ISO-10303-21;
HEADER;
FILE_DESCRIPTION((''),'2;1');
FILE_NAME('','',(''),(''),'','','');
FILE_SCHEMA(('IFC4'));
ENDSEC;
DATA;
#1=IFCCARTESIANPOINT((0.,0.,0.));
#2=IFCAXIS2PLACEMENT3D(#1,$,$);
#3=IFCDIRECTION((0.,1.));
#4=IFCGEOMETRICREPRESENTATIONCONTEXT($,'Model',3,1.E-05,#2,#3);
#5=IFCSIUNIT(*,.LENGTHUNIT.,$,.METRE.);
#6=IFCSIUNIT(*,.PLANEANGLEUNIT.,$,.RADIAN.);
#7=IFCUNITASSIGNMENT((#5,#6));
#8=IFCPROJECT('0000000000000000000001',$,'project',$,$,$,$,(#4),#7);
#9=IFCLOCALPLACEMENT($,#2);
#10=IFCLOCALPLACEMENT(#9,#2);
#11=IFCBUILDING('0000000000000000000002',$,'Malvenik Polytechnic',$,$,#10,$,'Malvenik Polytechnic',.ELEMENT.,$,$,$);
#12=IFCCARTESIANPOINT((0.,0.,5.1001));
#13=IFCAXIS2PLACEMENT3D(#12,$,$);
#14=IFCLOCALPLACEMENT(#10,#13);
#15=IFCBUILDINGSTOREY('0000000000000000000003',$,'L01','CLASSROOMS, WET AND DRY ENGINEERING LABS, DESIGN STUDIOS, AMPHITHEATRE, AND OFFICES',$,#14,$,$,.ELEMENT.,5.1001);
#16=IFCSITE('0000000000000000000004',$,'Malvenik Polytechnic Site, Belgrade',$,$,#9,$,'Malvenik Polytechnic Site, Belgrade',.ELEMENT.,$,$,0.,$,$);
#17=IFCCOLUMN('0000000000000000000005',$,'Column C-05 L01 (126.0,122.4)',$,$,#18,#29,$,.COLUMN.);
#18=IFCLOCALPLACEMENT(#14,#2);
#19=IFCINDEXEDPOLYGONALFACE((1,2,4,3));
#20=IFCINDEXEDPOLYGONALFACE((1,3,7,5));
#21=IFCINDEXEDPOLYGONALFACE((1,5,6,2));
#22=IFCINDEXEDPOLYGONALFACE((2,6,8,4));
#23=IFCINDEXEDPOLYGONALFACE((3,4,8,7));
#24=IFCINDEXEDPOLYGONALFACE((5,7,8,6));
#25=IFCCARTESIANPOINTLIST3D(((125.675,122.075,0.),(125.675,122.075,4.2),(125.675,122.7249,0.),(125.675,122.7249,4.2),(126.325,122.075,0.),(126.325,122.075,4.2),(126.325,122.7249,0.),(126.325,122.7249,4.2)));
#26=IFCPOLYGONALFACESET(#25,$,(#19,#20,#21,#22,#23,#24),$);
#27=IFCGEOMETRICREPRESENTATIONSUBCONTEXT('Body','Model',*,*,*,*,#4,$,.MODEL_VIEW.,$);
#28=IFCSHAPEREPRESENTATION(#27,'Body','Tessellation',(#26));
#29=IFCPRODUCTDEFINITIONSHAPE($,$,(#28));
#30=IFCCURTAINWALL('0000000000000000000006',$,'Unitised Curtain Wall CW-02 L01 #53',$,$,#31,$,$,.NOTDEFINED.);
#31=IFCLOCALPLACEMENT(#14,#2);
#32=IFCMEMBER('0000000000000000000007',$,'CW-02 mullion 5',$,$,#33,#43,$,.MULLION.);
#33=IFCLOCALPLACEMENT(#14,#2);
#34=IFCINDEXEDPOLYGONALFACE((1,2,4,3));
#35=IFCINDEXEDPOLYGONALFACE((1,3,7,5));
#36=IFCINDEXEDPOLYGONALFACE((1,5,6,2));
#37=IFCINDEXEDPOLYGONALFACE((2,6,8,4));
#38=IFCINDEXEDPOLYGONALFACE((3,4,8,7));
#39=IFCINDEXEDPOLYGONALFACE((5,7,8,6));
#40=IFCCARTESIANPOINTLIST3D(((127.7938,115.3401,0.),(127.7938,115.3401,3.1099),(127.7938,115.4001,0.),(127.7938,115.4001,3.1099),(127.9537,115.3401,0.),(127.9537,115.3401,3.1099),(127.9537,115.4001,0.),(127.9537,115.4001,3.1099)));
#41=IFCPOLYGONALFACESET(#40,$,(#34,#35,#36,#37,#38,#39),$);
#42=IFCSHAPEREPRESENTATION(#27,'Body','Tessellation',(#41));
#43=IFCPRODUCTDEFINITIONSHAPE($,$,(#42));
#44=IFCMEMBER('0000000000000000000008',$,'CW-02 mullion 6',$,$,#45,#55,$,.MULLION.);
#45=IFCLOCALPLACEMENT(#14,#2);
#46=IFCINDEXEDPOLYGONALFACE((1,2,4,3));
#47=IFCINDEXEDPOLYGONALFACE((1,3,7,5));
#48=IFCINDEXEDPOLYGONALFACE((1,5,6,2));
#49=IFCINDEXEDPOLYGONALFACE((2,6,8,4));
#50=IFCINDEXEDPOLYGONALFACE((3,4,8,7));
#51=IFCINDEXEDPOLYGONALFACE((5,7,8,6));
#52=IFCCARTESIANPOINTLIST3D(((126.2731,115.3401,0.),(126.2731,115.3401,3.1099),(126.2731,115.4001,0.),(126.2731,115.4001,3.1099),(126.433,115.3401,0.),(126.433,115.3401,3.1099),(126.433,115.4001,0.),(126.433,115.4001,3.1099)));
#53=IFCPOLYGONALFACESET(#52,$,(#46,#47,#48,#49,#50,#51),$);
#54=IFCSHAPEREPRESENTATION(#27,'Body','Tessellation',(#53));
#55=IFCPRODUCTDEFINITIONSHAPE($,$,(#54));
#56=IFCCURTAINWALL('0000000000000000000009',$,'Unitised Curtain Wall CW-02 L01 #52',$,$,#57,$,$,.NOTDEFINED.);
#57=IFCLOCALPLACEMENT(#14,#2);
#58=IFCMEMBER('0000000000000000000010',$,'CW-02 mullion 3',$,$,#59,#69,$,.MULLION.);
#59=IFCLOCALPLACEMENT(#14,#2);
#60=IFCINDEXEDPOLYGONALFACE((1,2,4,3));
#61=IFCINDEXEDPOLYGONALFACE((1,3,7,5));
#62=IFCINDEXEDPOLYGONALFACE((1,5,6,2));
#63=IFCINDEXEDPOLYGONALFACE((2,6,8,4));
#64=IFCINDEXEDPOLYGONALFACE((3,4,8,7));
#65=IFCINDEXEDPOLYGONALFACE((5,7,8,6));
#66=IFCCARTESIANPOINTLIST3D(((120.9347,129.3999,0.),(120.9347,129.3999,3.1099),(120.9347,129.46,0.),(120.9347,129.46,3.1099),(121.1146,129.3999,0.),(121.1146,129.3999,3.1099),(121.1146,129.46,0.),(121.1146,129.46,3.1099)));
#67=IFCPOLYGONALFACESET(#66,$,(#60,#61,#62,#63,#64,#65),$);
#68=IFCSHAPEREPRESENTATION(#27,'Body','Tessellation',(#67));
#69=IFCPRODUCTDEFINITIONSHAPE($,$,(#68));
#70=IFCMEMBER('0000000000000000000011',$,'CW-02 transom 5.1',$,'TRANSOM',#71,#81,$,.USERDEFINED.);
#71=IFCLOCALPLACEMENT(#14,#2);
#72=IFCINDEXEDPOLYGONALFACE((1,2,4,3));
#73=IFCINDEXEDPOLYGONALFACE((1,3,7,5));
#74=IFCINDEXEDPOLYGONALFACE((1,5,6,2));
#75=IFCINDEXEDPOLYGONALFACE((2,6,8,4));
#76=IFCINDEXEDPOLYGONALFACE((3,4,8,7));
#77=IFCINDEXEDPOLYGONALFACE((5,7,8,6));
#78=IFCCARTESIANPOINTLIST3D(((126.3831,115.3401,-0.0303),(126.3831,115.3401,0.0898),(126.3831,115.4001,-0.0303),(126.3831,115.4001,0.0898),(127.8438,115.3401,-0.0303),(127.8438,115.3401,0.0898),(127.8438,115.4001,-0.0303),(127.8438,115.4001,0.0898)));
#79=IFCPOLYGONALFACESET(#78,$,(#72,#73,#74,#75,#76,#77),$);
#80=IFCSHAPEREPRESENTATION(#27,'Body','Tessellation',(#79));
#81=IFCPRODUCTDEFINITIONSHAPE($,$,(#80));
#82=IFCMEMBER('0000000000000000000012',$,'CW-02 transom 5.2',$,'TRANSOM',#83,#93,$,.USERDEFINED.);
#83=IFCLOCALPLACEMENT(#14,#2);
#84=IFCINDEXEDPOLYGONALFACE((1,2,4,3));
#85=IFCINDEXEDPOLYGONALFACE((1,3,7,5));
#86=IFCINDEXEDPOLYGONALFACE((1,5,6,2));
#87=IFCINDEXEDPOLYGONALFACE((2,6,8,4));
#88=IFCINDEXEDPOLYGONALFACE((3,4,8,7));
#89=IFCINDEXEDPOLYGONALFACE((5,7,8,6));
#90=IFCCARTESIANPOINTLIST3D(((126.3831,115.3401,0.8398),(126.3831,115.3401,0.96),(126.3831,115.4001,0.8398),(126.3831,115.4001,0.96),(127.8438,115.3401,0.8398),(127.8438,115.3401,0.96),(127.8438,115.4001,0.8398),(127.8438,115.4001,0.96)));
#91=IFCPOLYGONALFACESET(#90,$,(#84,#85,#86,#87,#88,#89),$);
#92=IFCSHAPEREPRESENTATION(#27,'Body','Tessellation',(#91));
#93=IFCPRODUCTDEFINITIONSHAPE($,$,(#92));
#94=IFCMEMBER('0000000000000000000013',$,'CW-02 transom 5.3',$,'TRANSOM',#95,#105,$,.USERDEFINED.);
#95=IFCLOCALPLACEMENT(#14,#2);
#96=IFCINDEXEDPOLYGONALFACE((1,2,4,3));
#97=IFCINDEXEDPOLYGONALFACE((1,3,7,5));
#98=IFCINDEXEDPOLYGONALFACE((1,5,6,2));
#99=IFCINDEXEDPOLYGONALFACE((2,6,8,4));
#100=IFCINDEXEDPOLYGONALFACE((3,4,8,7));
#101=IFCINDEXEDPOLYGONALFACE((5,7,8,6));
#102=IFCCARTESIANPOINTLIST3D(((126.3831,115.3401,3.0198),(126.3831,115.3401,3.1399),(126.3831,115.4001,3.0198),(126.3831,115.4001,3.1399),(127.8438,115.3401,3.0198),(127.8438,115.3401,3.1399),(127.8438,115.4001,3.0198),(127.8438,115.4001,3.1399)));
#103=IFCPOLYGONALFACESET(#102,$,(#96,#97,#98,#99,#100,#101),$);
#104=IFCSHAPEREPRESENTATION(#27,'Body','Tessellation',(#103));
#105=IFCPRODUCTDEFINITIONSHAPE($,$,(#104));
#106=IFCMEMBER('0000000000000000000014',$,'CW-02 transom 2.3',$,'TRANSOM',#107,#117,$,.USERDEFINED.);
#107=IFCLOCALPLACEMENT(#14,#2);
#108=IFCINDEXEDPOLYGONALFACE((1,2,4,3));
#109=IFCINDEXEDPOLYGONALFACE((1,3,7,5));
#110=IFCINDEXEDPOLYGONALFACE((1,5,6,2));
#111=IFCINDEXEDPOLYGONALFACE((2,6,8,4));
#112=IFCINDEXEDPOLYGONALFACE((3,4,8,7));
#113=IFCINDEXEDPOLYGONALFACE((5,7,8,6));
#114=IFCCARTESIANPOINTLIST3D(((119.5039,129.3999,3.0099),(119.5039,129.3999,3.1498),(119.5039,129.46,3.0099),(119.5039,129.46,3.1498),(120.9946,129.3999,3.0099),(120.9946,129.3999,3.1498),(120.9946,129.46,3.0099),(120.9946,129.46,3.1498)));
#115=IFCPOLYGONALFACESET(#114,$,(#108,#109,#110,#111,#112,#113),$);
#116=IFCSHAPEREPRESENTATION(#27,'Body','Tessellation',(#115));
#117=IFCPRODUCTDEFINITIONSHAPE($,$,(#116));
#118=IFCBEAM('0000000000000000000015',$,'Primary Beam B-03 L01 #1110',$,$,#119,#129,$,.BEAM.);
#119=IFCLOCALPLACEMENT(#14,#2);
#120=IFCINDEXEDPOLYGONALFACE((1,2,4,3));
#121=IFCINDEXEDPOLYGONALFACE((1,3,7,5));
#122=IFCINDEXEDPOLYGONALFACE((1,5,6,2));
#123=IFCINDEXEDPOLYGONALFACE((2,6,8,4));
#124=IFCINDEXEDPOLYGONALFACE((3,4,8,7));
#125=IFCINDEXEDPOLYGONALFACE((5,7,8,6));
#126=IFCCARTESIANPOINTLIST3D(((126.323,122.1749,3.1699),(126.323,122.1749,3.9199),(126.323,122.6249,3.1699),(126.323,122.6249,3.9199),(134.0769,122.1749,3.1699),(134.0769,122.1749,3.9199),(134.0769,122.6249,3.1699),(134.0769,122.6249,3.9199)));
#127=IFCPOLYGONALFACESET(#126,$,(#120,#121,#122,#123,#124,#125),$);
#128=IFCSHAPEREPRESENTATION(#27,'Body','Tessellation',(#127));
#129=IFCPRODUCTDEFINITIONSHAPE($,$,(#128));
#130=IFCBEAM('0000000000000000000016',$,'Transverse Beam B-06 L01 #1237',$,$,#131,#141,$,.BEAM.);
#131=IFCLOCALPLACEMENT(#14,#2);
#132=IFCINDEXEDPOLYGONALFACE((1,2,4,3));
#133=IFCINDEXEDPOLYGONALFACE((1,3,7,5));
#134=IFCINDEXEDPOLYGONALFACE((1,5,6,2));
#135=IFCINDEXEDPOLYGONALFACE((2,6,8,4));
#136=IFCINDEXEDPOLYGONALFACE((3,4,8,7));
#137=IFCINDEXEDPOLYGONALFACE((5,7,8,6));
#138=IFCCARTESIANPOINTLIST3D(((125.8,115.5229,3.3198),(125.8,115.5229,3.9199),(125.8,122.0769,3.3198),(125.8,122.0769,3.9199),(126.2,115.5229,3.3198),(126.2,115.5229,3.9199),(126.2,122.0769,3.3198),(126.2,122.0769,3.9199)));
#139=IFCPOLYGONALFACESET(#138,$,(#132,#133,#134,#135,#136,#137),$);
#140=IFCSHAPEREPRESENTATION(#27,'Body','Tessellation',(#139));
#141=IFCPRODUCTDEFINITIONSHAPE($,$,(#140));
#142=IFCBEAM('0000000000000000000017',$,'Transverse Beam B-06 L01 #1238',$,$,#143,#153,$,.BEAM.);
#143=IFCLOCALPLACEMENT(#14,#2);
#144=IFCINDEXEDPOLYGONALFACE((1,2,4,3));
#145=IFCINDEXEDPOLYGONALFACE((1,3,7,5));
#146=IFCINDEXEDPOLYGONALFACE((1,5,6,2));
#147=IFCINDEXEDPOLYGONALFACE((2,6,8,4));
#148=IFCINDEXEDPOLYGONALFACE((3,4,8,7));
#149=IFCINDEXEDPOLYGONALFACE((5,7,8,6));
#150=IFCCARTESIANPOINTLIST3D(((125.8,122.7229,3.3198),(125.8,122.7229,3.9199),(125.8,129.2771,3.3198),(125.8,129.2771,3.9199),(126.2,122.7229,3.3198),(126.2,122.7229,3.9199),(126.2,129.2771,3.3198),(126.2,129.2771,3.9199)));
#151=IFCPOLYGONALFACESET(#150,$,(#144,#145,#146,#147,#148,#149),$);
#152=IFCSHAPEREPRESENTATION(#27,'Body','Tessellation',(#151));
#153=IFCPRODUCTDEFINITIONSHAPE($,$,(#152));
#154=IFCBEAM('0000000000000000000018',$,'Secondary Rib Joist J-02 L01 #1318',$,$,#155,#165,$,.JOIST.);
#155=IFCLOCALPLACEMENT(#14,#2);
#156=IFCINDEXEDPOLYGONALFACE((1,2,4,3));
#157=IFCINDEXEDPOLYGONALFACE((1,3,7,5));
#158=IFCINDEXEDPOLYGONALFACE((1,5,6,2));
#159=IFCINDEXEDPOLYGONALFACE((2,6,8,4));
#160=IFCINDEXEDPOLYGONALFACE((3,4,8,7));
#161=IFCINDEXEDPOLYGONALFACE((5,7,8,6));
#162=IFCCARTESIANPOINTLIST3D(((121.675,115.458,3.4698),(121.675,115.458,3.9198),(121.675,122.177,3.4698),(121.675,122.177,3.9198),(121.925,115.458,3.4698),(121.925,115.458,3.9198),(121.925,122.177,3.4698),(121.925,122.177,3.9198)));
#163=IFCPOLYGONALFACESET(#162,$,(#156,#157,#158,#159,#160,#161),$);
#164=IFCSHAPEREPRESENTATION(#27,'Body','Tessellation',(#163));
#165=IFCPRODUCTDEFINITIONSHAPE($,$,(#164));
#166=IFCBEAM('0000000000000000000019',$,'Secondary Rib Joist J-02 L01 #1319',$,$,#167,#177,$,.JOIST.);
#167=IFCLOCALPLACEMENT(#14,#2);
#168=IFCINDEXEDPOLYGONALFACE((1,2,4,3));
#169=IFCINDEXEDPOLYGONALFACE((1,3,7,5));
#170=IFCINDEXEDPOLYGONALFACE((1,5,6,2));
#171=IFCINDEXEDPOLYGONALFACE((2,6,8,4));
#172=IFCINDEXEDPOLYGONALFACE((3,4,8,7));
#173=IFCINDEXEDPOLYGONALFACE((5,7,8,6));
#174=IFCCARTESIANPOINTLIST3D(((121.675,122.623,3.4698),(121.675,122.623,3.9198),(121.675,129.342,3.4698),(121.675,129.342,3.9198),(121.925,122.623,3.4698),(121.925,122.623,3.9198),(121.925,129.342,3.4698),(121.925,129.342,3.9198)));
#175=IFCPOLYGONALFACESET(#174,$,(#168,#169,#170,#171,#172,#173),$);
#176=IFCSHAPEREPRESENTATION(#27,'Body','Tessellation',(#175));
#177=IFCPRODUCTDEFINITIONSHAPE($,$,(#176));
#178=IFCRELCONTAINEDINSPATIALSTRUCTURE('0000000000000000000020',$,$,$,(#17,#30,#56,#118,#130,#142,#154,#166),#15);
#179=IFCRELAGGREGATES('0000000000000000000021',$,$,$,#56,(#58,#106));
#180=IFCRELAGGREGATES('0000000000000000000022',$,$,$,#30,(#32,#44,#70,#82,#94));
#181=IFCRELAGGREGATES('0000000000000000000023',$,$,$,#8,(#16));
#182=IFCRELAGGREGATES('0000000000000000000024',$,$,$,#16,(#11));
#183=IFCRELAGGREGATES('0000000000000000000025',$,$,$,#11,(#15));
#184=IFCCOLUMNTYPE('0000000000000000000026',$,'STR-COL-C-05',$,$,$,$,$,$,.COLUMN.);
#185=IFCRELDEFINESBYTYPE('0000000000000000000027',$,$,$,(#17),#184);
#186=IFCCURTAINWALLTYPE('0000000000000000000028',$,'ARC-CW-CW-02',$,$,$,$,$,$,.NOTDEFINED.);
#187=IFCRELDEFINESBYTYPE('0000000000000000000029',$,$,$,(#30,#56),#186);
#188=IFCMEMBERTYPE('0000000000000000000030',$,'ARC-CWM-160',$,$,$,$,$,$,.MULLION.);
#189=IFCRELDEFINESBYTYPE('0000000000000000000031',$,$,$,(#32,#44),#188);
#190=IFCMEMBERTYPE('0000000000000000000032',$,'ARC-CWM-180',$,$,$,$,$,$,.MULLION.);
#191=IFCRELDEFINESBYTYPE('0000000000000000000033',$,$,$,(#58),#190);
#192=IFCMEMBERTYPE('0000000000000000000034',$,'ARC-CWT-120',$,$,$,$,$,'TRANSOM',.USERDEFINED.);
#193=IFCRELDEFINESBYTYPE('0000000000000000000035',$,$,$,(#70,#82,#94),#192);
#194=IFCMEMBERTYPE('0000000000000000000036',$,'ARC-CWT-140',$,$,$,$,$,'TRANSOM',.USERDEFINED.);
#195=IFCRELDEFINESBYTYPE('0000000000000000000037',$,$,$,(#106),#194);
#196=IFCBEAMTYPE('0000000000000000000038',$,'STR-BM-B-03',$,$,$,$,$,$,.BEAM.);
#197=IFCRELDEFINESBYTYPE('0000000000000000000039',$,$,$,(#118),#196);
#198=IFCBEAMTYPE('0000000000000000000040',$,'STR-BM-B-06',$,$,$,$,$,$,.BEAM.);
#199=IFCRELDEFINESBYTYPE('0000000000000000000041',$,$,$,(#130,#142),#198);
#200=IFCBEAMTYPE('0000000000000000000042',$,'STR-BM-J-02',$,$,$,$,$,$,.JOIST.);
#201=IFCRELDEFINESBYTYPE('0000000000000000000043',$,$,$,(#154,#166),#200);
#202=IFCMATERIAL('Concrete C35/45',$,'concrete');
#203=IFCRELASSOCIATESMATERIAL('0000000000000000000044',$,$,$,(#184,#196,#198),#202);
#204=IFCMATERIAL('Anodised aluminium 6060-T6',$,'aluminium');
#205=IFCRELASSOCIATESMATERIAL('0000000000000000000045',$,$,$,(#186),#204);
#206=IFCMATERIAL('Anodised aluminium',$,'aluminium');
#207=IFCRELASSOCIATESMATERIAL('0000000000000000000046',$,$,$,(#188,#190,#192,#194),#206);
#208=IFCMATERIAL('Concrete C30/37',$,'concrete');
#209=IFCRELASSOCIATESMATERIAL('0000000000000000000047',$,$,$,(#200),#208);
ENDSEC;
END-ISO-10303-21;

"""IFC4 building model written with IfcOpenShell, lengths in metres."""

from ifc_helpers import new_model, si_unit, direction, frame, origin, origin_2d, place, context, subcontext, project, spatial, rectangle, extrude, material, material_profile, profile_set, type_object, element, aggregate, save


model = new_model("IFC4")

# Units and contexts
model_context = context("Model", 3, precision=1e-05, world=origin(), true_north=direction((0.0, 1.0)))
body_context = subcontext(model_context, "Body", "Model", "MODEL_VIEW")
ifc_project = project(units=[si_unit("LENGTHUNIT", "METRE"), si_unit("PLANEANGLEUNIT", "RADIAN")], contexts=[model_context])

# Site, building, storey
site_placement = place(None, origin())
site = spatial("IfcSite", under=ifc_project, at=site_placement, Name="Malvenik Polytechnic Site, Belgrade", LongName="Malvenik Polytechnic Site, Belgrade", CompositionType="ELEMENT", RefElevation=0.0)
building_placement = place(site_placement, origin())
building = spatial("IfcBuilding", under=site, at=building_placement, Name="Malvenik Polytechnic", LongName="Malvenik Polytechnic", CompositionType="ELEMENT")
storey_placement = place(building_placement, frame((0.0, 0.0, 5.1001)))
storey = spatial("IfcBuildingStorey", under=building, at=storey_placement, Name="L01", Description="CLASSROOMS, WET AND DRY ENGINEERING LABS, DESIGN STUDIOS, AMPHITHEATRE, AND OFFICES", CompositionType="ELEMENT", Elevation=5.1001)

# Column
ifc_material_1 = material(Name="Concrete C35/45", Category="concrete")
ifc_material_profile_1 = material_profile(ifc_material_1, rectangle(XDim=0.6499, YDim=0.6499, at=origin_2d()), Name="RC COL 650x650")
ifc_profile_set_1 = profile_set([ifc_material_profile_1], Name="Concrete C35/45")
column_type = type_object("IfcColumnType", Name="STR-COL-C-05", PredefinedType="COLUMN", material=ifc_profile_set_1)
column_placement = place(storey_placement, frame((126.0, 122.3999, 0.0), z_axis=(0.0, 0.0, 1.0), x_axis=(1.0, 0.0, 0.0)))
element("IfcColumn", 1, at=column_placement, inside=storey, type_object=column_type, Name="Column C-05 L01 (126.0,122.4)", PredefinedType="COLUMN", context=body_context, shape_type="SweptSolid", body=[
    extrude(rectangle(XDim=0.6499, YDim=0.6499, at=origin_2d()), origin(), (0.0, 0.0, 1.0), 4.2),
])

# Curtain wall, members
ifc_material_2 = material(Name="Anodised aluminium 6060-T6", Category="aluminium")
curtain_wall_type = type_object("IfcCurtainWallType", Name="ARC-CW-CW-02", PredefinedType="NOTDEFINED", material=ifc_material_2)
curtain_wall_1_placement = place(storey_placement, origin())
curtain_wall_1 = element("IfcCurtainWall", 2, at=curtain_wall_1_placement, inside=storey, type_object=curtain_wall_type, Name="Unitised Curtain Wall CW-02 L01 #53", PredefinedType="NOTDEFINED")
ifc_material_3 = material(Name="Anodised aluminium", Category="aluminium")
ifc_material_profile_2 = material_profile(ifc_material_3, rectangle(XDim=0.0601, YDim=0.1599, at=origin_2d()), Name="ALU MULLION 60x160")
ifc_profile_set_2 = profile_set([ifc_material_profile_2], Name="Anodised aluminium")
member_type_1 = type_object("IfcMemberType", Name="ARC-CWM-160", PredefinedType="MULLION", material=ifc_profile_set_2)
member_1_placement = place(storey_placement, frame((127.8738, 115.3701, 0.0), z_axis=(0.0, 0.0, 1.0), x_axis=(0.0, -1.0, 0.0)))
member_1 = element("IfcMember", 3, at=member_1_placement, type_object=member_type_1, Name="CW-02 mullion 5", PredefinedType="MULLION", context=body_context, shape_type="SweptSolid", body=[
    extrude(rectangle(XDim=0.0601, YDim=0.1599, at=origin_2d()), origin(), (0.0, 0.0, 1.0), 3.1099),
])
member_2_placement = place(storey_placement, frame((126.353, 115.3701, 0.0), z_axis=(0.0, 0.0, 1.0), x_axis=(0.0, -1.0, 0.0)))
member_2 = element("IfcMember", 4, at=member_2_placement, type_object=member_type_1, Name="CW-02 mullion 6", PredefinedType="MULLION", context=body_context, shape_type="SweptSolid", body=[
    extrude(rectangle(XDim=0.0601, YDim=0.1599, at=origin_2d()), origin(), (0.0, 0.0, 1.0), 3.1099),
])

# Curtain wall, member
curtain_wall_2_placement = place(storey_placement, origin())
curtain_wall_2 = element("IfcCurtainWall", 5, at=curtain_wall_2_placement, inside=storey, type_object=curtain_wall_type, Name="Unitised Curtain Wall CW-02 L01 #52", PredefinedType="NOTDEFINED")
ifc_material_profile_3 = material_profile(ifc_material_3, rectangle(XDim=0.0601, YDim=0.1799, at=origin_2d()), Name="ALU MULLION 60x180")
ifc_profile_set_3 = profile_set([ifc_material_profile_3], Name="Anodised aluminium")
member_type_2 = type_object("IfcMemberType", Name="ARC-CWM-180", PredefinedType="MULLION", material=ifc_profile_set_3)
member_3_placement = place(storey_placement, frame((121.0247, 129.4299, 0.0), z_axis=(0.0, 0.0, 1.0), x_axis=(0.0, 1.0, 0.0)))
member_3 = element("IfcMember", 6, at=member_3_placement, type_object=member_type_2, Name="CW-02 mullion 3", PredefinedType="MULLION", context=body_context, shape_type="SweptSolid", body=[
    extrude(rectangle(XDim=0.0601, YDim=0.1799, at=origin_2d()), origin(), (0.0, 0.0, 1.0), 3.1099),
])

# Members
ifc_material_profile_4 = material_profile(ifc_material_3, rectangle(XDim=0.0601, YDim=0.1201, at=origin_2d()), Name="ALU TRANSOM 60x120")
ifc_profile_set_4 = profile_set([ifc_material_profile_4], Name="Anodised aluminium")
member_type_3 = type_object("IfcMemberType", Name="ARC-CWT-120", ElementType="TRANSOM", PredefinedType="USERDEFINED", material=ifc_profile_set_4)
member_4_placement = place(storey_placement, frame((127.8438, 115.3701, 0.0298), z_axis=(-1.0, 0.0, 0.0), x_axis=(0.0, -1.0, 0.0)))
member_4 = element("IfcMember", 7, at=member_4_placement, type_object=member_type_3, Name="CW-02 transom 5.1", ObjectType="TRANSOM", PredefinedType="USERDEFINED", context=body_context, shape_type="SweptSolid", body=[
    extrude(rectangle(XDim=0.0601, YDim=0.1201, at=origin_2d()), origin(), (0.0, 0.0, 1.0), 1.4607),
])
member_5_placement = place(storey_placement, frame((127.8438, 115.3701, 0.8999), z_axis=(-1.0, 0.0, 0.0), x_axis=(0.0, -1.0, 0.0)))
member_5 = element("IfcMember", 8, at=member_5_placement, type_object=member_type_3, Name="CW-02 transom 5.2", ObjectType="TRANSOM", PredefinedType="USERDEFINED", context=body_context, shape_type="SweptSolid", body=[
    extrude(rectangle(XDim=0.0601, YDim=0.1201, at=origin_2d()), origin(), (0.0, 0.0, 1.0), 1.4607),
])
member_6_placement = place(storey_placement, frame((127.8438, 115.3701, 3.0798), z_axis=(-1.0, 0.0, 0.0), x_axis=(0.0, -1.0, 0.0)))
member_6 = element("IfcMember", 9, at=member_6_placement, type_object=member_type_3, Name="CW-02 transom 5.3", ObjectType="TRANSOM", PredefinedType="USERDEFINED", context=body_context, shape_type="SweptSolid", body=[
    extrude(rectangle(XDim=0.0601, YDim=0.1201, at=origin_2d()), origin(), (0.0, 0.0, 1.0), 1.4607),
])
ifc_material_profile_5 = material_profile(ifc_material_3, rectangle(XDim=0.0601, YDim=0.1399, at=origin_2d()), Name="ALU TRANSOM 60x140")
ifc_profile_set_5 = profile_set([ifc_material_profile_5], Name="Anodised aluminium")
member_type_4 = type_object("IfcMemberType", Name="ARC-CWT-140", ElementType="TRANSOM", PredefinedType="USERDEFINED", material=ifc_profile_set_5)
member_7_placement = place(storey_placement, frame((119.5039, 129.4299, 3.0798), z_axis=(1.0, 0.0, 0.0), x_axis=(0.0, 1.0, 0.0)))
member_7 = element("IfcMember", 10, at=member_7_placement, type_object=member_type_4, Name="CW-02 transom 2.3", ObjectType="TRANSOM", PredefinedType="USERDEFINED", context=body_context, shape_type="SweptSolid", body=[
    extrude(rectangle(XDim=0.0601, YDim=0.1399, at=origin_2d()), origin(), (0.0, 0.0, 1.0), 1.4907),
])

# Beams
ifc_material_profile_6 = material_profile(ifc_material_1, rectangle(XDim=0.45, YDim=0.75, at=origin_2d()), Name="RC BM 450x750")
ifc_profile_set_6 = profile_set([ifc_material_profile_6], Name="Concrete C35/45")
beam_type_1 = type_object("IfcBeamType", Name="STR-BM-B-03", PredefinedType="BEAM", material=ifc_profile_set_6)
beam_1_placement = place(storey_placement, frame((126.323, 122.3999, 3.5449), z_axis=(1.0, 0.0, 0.0), x_axis=(0.0, 1.0, 0.0)))
element("IfcBeam", 11, at=beam_1_placement, inside=storey, type_object=beam_type_1, Name="Primary Beam B-03 L01 #1110", PredefinedType="BEAM", context=body_context, shape_type="SweptSolid", body=[
    extrude(rectangle(XDim=0.45, YDim=0.75, at=origin_2d()), origin(), (0.0, 0.0, 1.0), 7.7539),
])
ifc_material_profile_7 = material_profile(ifc_material_1, rectangle(XDim=0.3999, YDim=0.6001, at=origin_2d()), Name="RC BM 400x600")
ifc_profile_set_7 = profile_set([ifc_material_profile_7], Name="Concrete C35/45")
beam_type_2 = type_object("IfcBeamType", Name="STR-BM-B-06", PredefinedType="BEAM", material=ifc_profile_set_7)
beam_2_placement = place(storey_placement, frame((126.0, 115.5229, 3.6199), z_axis=(0.0, 1.0, 0.0), x_axis=(-1.0, 0.0, 0.0)))
element("IfcBeam", 12, at=beam_2_placement, inside=storey, type_object=beam_type_2, Name="Transverse Beam B-06 L01 #1237", PredefinedType="BEAM", context=body_context, shape_type="SweptSolid", body=[
    extrude(rectangle(XDim=0.3999, YDim=0.6001, at=origin_2d()), origin(), (0.0, 0.0, 1.0), 6.554),
])
beam_3_placement = place(storey_placement, frame((126.0, 122.7229, 3.6199), z_axis=(0.0, 1.0, 0.0), x_axis=(-1.0, 0.0, 0.0)))
element("IfcBeam", 13, at=beam_3_placement, inside=storey, type_object=beam_type_2, Name="Transverse Beam B-06 L01 #1238", PredefinedType="BEAM", context=body_context, shape_type="SweptSolid", body=[
    extrude(rectangle(XDim=0.3999, YDim=0.6001, at=origin_2d()), origin(), (0.0, 0.0, 1.0), 6.5542),
])
ifc_material_4 = material(Name="Concrete C30/37", Category="concrete")
ifc_material_profile_8 = material_profile(ifc_material_4, rectangle(XDim=0.25, YDim=0.45, at=origin_2d()), Name="RC JST 250x450")
ifc_profile_set_8 = profile_set([ifc_material_profile_8], Name="Concrete C30/37")
beam_type_3 = type_object("IfcBeamType", Name="STR-BM-J-02", PredefinedType="JOIST", material=ifc_profile_set_8)
for number, where, z_axis, x_axis, name in (
    (14, (121.8, 115.458, 3.6948), (0.0, 1.0, 0.0), (-1.0, 0.0, 0.0), "Secondary Rib Joist J-02 L01 #1318"),
    (15, (121.8, 122.623, 3.6948), (0.0, 1.0, 0.0), (-1.0, 0.0, 0.0), "Secondary Rib Joist J-02 L01 #1319"),
):
    element("IfcBeam", number, at=place(storey_placement, frame(where, z_axis=z_axis, x_axis=x_axis)), inside=storey, type_object=beam_type_3, Name=name, PredefinedType="JOIST", context=body_context, shape_type="SweptSolid", body=[
        extrude(rectangle(XDim=0.25, YDim=0.45, at=origin_2d()), origin(), (0.0, 0.0, 1.0), 6.719),
    ])

aggregate(curtain_wall_2, [member_3, member_7])
aggregate(curtain_wall_1, [member_1, member_2, member_4, member_5, member_6])

save(model, "model.ifc")
